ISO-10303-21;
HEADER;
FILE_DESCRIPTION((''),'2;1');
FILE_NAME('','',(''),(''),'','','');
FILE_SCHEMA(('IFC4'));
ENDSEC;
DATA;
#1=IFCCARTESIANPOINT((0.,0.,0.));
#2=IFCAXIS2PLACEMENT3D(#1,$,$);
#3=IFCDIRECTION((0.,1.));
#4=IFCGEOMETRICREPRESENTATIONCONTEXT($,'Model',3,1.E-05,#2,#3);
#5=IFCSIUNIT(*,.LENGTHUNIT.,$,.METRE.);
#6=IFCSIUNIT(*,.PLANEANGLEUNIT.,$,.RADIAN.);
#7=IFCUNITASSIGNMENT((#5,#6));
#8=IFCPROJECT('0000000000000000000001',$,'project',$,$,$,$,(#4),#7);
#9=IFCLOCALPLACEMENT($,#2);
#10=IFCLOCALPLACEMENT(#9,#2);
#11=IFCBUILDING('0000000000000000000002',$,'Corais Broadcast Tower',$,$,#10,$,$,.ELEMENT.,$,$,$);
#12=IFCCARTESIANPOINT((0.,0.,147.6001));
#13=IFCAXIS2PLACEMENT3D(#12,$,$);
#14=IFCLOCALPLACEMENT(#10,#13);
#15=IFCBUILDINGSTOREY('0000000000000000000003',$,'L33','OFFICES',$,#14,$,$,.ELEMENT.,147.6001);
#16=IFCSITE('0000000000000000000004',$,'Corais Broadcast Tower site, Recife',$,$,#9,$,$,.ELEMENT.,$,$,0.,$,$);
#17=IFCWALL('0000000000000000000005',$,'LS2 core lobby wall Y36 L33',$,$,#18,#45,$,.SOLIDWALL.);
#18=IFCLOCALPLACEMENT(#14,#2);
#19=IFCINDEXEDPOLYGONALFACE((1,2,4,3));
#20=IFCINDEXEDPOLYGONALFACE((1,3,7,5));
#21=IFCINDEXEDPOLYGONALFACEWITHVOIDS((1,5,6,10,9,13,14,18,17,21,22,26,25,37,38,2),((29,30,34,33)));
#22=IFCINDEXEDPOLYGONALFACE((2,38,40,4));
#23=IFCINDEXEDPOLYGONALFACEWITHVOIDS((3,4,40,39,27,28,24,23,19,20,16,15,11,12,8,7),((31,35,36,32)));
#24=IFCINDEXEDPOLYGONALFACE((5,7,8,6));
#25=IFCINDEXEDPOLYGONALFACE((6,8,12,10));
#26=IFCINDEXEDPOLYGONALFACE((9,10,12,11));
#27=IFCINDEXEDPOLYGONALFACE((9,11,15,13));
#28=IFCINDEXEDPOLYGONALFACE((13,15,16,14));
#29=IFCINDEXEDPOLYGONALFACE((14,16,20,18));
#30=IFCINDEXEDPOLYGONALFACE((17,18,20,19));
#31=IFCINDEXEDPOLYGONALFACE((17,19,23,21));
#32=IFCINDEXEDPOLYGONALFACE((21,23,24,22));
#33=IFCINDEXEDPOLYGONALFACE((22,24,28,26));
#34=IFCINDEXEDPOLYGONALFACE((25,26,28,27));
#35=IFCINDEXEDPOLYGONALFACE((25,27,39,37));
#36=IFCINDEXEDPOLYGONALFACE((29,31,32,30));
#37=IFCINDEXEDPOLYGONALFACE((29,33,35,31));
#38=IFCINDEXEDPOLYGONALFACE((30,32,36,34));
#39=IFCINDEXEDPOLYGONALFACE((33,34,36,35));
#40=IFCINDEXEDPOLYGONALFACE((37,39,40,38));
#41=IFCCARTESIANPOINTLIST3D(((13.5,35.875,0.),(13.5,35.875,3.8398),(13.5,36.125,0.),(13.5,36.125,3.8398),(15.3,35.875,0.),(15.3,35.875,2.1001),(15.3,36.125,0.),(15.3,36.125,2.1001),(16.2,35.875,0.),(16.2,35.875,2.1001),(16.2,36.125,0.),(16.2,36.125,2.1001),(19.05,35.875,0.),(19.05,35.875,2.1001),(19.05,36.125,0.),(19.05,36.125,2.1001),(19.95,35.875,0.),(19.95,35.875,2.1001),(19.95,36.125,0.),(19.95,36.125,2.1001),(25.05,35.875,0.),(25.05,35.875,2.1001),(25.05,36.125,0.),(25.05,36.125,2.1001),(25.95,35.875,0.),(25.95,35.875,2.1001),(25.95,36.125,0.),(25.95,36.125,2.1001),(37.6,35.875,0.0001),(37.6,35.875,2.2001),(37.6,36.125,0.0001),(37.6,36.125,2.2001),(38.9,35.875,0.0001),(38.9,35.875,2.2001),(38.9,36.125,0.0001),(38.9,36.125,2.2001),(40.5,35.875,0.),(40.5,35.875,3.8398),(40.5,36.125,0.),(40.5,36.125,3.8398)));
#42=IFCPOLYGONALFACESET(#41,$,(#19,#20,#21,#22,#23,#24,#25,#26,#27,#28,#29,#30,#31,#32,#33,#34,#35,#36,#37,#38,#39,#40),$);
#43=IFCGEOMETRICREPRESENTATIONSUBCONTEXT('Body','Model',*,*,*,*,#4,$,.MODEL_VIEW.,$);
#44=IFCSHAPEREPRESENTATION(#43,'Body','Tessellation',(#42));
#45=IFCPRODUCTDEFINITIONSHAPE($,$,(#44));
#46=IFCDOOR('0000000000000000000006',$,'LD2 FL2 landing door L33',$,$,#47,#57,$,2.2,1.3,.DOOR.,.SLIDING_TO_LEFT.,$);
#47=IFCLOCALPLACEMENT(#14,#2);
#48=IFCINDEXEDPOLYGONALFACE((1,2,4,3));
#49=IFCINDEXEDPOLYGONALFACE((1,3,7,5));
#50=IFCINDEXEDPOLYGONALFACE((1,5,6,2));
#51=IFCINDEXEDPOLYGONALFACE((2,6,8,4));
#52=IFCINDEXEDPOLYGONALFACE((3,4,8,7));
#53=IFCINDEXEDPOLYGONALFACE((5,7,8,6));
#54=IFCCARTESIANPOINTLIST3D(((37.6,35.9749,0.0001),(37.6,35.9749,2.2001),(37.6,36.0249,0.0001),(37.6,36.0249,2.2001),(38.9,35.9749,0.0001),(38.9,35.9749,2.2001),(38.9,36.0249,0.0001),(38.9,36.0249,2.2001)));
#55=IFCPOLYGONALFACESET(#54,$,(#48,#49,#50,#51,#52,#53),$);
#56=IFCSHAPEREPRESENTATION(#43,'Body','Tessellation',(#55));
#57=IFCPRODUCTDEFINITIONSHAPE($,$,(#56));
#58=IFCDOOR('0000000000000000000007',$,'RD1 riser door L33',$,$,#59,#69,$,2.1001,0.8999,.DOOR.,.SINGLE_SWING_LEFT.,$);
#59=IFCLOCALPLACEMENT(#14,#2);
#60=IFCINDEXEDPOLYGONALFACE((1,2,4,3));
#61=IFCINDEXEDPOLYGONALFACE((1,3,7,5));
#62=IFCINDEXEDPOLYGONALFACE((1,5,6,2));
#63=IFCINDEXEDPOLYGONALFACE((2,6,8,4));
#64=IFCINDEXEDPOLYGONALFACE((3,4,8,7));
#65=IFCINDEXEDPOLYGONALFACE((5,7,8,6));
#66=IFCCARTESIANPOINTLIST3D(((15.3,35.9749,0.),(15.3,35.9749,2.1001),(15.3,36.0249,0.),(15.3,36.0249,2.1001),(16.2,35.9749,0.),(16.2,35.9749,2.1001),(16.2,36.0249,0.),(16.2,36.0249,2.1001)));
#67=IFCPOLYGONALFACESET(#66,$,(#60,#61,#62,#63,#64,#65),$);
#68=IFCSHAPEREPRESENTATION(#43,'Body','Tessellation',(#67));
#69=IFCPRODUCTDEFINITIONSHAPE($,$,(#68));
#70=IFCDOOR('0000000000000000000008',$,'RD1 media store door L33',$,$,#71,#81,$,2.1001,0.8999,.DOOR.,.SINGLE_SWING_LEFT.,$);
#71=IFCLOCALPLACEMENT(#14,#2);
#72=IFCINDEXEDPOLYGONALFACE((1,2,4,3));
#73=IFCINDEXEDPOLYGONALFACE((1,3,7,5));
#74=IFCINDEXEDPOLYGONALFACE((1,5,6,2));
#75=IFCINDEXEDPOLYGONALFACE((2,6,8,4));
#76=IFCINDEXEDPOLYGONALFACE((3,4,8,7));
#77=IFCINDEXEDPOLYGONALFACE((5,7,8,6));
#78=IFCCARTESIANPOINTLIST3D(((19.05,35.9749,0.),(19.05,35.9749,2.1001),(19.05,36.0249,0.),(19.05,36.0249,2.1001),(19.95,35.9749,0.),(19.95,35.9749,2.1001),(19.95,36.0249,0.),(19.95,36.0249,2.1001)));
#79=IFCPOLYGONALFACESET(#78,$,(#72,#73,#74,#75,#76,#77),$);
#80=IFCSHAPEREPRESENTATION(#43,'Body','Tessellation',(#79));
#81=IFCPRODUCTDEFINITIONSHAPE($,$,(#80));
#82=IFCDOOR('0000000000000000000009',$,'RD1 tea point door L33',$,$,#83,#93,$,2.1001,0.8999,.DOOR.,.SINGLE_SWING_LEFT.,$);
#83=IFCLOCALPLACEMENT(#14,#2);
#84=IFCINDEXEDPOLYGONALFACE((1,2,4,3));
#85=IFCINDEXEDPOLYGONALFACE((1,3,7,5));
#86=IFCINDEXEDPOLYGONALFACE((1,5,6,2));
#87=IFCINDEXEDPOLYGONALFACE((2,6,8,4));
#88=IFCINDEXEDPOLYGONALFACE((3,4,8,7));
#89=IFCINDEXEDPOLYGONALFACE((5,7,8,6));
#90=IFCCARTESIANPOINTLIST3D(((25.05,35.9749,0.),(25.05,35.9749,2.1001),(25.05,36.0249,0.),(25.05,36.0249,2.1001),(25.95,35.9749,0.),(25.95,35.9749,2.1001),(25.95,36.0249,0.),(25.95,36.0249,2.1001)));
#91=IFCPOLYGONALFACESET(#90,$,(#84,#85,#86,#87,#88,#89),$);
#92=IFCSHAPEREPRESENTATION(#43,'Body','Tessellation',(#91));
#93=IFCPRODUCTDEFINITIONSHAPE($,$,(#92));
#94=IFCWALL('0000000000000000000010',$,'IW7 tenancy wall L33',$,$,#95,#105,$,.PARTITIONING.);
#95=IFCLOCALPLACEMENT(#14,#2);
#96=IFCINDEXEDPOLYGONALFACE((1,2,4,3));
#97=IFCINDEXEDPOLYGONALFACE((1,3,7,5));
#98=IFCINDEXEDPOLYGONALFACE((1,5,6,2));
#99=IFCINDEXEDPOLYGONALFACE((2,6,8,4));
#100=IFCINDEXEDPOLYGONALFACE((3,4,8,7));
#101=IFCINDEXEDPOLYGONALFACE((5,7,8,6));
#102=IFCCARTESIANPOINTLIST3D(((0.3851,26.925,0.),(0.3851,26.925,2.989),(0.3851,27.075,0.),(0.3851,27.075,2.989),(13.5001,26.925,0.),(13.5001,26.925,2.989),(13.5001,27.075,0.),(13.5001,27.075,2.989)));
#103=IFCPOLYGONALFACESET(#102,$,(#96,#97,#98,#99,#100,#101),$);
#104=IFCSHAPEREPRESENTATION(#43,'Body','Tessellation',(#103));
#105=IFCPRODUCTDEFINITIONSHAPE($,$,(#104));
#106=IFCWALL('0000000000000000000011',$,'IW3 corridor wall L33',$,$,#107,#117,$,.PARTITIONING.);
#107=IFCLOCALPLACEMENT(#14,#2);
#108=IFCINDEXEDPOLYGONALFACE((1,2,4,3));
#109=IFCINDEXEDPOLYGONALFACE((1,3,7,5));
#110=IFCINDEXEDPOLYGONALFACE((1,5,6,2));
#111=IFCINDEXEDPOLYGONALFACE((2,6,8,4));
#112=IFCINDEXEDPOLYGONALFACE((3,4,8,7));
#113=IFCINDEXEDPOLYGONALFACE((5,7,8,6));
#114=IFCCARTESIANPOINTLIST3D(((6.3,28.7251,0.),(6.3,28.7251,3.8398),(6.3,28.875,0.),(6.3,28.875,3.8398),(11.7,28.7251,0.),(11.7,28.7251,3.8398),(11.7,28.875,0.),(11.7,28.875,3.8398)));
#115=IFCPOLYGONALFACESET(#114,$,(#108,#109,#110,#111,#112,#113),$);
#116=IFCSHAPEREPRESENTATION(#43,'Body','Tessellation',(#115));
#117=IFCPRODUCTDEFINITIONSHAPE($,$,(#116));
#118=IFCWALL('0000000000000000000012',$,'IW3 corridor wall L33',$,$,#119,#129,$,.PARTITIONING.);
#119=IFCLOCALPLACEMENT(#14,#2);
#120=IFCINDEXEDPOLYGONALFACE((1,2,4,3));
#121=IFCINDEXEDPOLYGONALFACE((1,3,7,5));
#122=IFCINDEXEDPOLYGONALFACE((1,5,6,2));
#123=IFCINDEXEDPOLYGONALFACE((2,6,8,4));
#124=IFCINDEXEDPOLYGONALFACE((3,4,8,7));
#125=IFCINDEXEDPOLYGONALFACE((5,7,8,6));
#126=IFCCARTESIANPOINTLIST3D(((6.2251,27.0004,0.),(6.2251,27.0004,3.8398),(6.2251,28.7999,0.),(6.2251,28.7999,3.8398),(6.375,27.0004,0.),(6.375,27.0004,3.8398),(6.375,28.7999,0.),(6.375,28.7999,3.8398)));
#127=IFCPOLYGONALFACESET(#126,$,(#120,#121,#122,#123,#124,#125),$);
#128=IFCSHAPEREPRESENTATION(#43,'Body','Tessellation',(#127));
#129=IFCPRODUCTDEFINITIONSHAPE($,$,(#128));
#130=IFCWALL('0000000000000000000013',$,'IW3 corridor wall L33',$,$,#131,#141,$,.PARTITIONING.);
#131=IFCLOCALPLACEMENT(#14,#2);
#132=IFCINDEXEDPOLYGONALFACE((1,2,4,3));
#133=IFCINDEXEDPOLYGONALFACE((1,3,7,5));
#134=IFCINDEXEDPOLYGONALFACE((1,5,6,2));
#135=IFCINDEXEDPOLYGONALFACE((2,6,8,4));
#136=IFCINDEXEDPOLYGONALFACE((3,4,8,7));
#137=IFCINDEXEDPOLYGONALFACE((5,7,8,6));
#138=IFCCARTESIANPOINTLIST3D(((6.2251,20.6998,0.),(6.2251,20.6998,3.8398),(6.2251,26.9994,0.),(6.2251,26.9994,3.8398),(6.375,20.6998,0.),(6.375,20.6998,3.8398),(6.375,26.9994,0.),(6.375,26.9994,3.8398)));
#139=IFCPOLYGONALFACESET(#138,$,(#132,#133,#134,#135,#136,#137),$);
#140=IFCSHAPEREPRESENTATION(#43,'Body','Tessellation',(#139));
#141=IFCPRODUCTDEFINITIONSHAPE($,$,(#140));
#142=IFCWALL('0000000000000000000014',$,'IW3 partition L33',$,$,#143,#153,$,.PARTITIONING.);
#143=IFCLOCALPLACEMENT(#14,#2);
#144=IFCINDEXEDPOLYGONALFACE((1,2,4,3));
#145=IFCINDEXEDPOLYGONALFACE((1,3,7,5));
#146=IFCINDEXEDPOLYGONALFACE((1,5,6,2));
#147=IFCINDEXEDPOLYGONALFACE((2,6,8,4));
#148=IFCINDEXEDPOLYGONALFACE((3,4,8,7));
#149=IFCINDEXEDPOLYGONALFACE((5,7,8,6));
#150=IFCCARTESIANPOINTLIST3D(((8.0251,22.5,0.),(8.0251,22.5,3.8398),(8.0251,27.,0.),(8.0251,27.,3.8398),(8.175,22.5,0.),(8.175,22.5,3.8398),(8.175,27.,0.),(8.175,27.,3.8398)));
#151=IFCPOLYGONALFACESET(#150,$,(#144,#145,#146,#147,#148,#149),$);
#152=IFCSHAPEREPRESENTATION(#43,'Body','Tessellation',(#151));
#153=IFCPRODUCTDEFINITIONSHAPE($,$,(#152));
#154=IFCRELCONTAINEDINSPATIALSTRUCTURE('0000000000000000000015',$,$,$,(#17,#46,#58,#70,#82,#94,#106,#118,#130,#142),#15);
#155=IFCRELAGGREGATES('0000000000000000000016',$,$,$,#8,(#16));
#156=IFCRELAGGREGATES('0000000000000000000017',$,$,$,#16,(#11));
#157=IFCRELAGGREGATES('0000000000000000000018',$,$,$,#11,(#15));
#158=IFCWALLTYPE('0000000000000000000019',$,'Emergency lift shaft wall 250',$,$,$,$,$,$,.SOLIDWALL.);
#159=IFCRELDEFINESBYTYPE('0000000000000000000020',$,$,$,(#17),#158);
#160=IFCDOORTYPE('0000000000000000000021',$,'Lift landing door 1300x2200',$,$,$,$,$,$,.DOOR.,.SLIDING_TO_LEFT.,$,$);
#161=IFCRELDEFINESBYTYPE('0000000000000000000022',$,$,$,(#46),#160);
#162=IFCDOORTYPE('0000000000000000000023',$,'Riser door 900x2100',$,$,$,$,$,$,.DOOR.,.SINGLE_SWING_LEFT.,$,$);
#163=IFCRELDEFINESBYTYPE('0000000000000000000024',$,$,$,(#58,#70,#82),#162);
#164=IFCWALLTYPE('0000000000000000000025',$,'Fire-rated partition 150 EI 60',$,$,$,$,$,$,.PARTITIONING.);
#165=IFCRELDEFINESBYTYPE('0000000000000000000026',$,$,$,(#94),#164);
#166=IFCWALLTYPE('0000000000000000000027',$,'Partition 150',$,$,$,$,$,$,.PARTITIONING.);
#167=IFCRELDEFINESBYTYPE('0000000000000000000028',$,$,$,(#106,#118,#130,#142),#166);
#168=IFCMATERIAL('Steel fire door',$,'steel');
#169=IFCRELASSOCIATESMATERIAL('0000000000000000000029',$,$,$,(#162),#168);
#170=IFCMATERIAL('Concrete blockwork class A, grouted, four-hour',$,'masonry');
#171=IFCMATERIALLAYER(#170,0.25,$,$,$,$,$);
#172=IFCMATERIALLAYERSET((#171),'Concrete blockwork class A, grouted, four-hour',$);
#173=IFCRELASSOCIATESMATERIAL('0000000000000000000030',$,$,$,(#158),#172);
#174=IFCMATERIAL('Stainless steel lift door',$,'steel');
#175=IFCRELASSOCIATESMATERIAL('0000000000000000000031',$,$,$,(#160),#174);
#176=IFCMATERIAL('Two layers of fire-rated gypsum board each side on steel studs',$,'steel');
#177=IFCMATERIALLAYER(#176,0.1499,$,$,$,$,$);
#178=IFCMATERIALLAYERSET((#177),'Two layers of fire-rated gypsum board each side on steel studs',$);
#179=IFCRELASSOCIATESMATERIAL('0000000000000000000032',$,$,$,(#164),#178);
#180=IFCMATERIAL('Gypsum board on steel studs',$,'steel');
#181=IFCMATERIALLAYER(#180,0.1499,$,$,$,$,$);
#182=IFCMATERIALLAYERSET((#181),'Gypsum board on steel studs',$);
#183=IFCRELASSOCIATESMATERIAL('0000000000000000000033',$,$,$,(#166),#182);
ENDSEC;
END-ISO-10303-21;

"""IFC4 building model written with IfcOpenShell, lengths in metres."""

from ifc_helpers import new_model, si_unit, direction, frame, frame_2d, origin, place, context, subcontext, project, spatial, rectangle, extrude, material, layer, layer_set, type_object, element, fill, save


model = new_model("IFC4")

# Units and contexts
model_context = context("Model", 3, precision=1e-05, world=origin(), true_north=direction((0.0, 1.0)))
body_context = subcontext(model_context, "Body", "Model", "MODEL_VIEW")
ifc_project = project(units=[si_unit("LENGTHUNIT", "METRE"), si_unit("PLANEANGLEUNIT", "RADIAN")], contexts=[model_context])

# Site, building, storey
site_placement = place(None, origin())
site = spatial("IfcSite", under=ifc_project, at=site_placement, Name="Corais Broadcast Tower site, Recife", CompositionType="ELEMENT", RefElevation=0.0)
building_placement = place(site_placement, origin())
building = spatial("IfcBuilding", under=site, at=building_placement, Name="Corais Broadcast Tower", CompositionType="ELEMENT")
storey_placement = place(building_placement, frame((0.0, 0.0, 147.6001)))
storey = spatial("IfcBuildingStorey", under=building, at=storey_placement, Name="L33", Description="OFFICES", CompositionType="ELEMENT", Elevation=147.6001)

# Wall, openings, doors
ifc_material_1 = material(Name="Steel fire door", Category="steel")
door_type_1 = type_object("IfcDoorType", Name="Riser door 900x2100", OperationType="SINGLE_SWING_LEFT", PredefinedType="DOOR", material=ifc_material_1)
ifc_material_2 = material(Name="Concrete blockwork class A, grouted, four-hour", Category="masonry")
ifc_layer_1 = layer(ifc_material_2, 0.25)
ifc_layer_set_1 = layer_set([ifc_layer_1], Name="Concrete blockwork class A, grouted, four-hour")
wall_type_1 = type_object("IfcWallType", Name="Emergency lift shaft wall 250", PredefinedType="SOLIDWALL", material=ifc_layer_set_1)
wall_1_placement = place(storey_placement, frame((13.5, 36.0, 0.0), z_axis=(0.0, 0.0, 1.0), x_axis=(1.0, 0.0, 0.0)))
wall_1 = element("IfcWall", 1, at=wall_1_placement, inside=storey, type_object=wall_type_1, Name="LS2 core lobby wall Y36 L33", PredefinedType="SOLIDWALL", context=body_context, shape_type="SweptSolid", body=[
    extrude(rectangle(XDim=27.0, YDim=0.25, at=frame_2d((13.5, 0.0))), origin(), (0.0, 0.0, 1.0), 3.8398),
])
opening_1_placement = place(wall_1_placement, frame((1.8, 0.0, 0.0)))
opening_1 = element("IfcOpeningElement", 2, at=opening_1_placement, cuts=wall_1, PredefinedType="OPENING", context=body_context, shape_type="SweptSolid", body=[
    extrude(rectangle(XDim=0.8999, YDim=2.1001, at=frame_2d((0.45, 1.05))), frame((0.0, 0.135, 0.0), z_axis=(0.0, -1.0, 0.0), x_axis=(1.0, 0.0, 0.0)), (0.0, 0.0, 1.0), 0.27),
])
opening_2_placement = place(wall_1_placement, frame((5.55, 0.0, 0.0)))
opening_2 = element("IfcOpeningElement", 3, at=opening_2_placement, cuts=wall_1, PredefinedType="OPENING", context=body_context, shape_type="SweptSolid", body=[
    extrude(rectangle(XDim=0.8999, YDim=2.1001, at=frame_2d((0.45, 1.05))), frame((0.0, 0.135, 0.0), z_axis=(0.0, -1.0, 0.0), x_axis=(1.0, 0.0, 0.0)), (0.0, 0.0, 1.0), 0.27),
])
opening_3_placement = place(wall_1_placement, frame((11.55, 0.0, 0.0)))
opening_3 = element("IfcOpeningElement", 4, at=opening_3_placement, cuts=wall_1, PredefinedType="OPENING", context=body_context, shape_type="SweptSolid", body=[
    extrude(rectangle(XDim=0.8999, YDim=2.1001, at=frame_2d((0.45, 1.05))), frame((0.0, 0.135, 0.0), z_axis=(0.0, -1.0, 0.0), x_axis=(1.0, 0.0, 0.0)), (0.0, 0.0, 1.0), 0.27),
])
opening_4_placement = place(wall_1_placement, frame((24.1001, 0.0, 0.0)))
opening_4 = element("IfcOpeningElement", 5, at=opening_4_placement, cuts=wall_1, PredefinedType="OPENING", context=body_context, shape_type="SweptSolid", body=[
    extrude(rectangle(XDim=1.3, YDim=2.2, at=frame_2d((0.6499, 1.1001))), frame((0.0, 0.135, 0.0), z_axis=(0.0, -1.0, 0.0), x_axis=(1.0, 0.0, 0.0)), (0.0, 0.0, 1.0), 0.27),
])
ifc_material_3 = material(Name="Stainless steel lift door", Category="steel")
door_type_2 = type_object("IfcDoorType", Name="Lift landing door 1300x2200", OperationType="SLIDING_TO_LEFT", PredefinedType="DOOR", material=ifc_material_3)
door_1_placement = place(opening_4_placement, origin())
door_1 = element("IfcDoor", 6, at=door_1_placement, inside=storey, type_object=door_type_2, Name="LD2 FL2 landing door L33", OperationType="SLIDING_TO_LEFT", OverallHeight=2.2, OverallWidth=1.3, PredefinedType="DOOR", context=body_context, shape_type="SweptSolid", body=[
    extrude(rectangle(XDim=1.3, YDim=2.2, at=frame_2d((0.6499, 1.1001))), frame((0.0, 0.0249, 0.0), z_axis=(0.0, -1.0, 0.0), x_axis=(1.0, 0.0, 0.0)), (0.0, 0.0, 1.0), 0.05),
])
fill(opening_4, door_1)
door_2_placement = place(opening_1_placement, origin())
door_2 = element("IfcDoor", 7, at=door_2_placement, inside=storey, type_object=door_type_1, Name="RD1 riser door L33", OperationType="SINGLE_SWING_LEFT", OverallHeight=2.1001, OverallWidth=0.8999, PredefinedType="DOOR", context=body_context, shape_type="SweptSolid", body=[
    extrude(rectangle(XDim=0.8999, YDim=2.1001, at=frame_2d((0.45, 1.05))), frame((0.0, 0.0249, 0.0), z_axis=(0.0, -1.0, 0.0), x_axis=(1.0, 0.0, 0.0)), (0.0, 0.0, 1.0), 0.05),
])
fill(opening_1, door_2)
door_3_placement = place(opening_2_placement, origin())
door_3 = element("IfcDoor", 8, at=door_3_placement, inside=storey, type_object=door_type_1, Name="RD1 media store door L33", OperationType="SINGLE_SWING_LEFT", OverallHeight=2.1001, OverallWidth=0.8999, PredefinedType="DOOR", context=body_context, shape_type="SweptSolid", body=[
    extrude(rectangle(XDim=0.8999, YDim=2.1001, at=frame_2d((0.45, 1.05))), frame((0.0, 0.0249, 0.0), z_axis=(0.0, -1.0, 0.0), x_axis=(1.0, 0.0, 0.0)), (0.0, 0.0, 1.0), 0.05),
])
fill(opening_2, door_3)
door_4_placement = place(opening_3_placement, origin())
door_4 = element("IfcDoor", 9, at=door_4_placement, inside=storey, type_object=door_type_1, Name="RD1 tea point door L33", OperationType="SINGLE_SWING_LEFT", OverallHeight=2.1001, OverallWidth=0.8999, PredefinedType="DOOR", context=body_context, shape_type="SweptSolid", body=[
    extrude(rectangle(XDim=0.8999, YDim=2.1001, at=frame_2d((0.45, 1.05))), frame((0.0, 0.0249, 0.0), z_axis=(0.0, -1.0, 0.0), x_axis=(1.0, 0.0, 0.0)), (0.0, 0.0, 1.0), 0.05),
])
fill(opening_3, door_4)

# Walls
ifc_material_4 = material(Name="Two layers of fire-rated gypsum board each side on steel studs", Category="steel")
ifc_layer_2 = layer(ifc_material_4, 0.1499)
ifc_layer_set_2 = layer_set([ifc_layer_2], Name="Two layers of fire-rated gypsum board each side on steel studs")
wall_type_2 = type_object("IfcWallType", Name="Fire-rated partition 150 EI 60", PredefinedType="PARTITIONING", material=ifc_layer_set_2)
wall_2_placement = place(storey_placement, frame((0.385, 27.0, 0.0), z_axis=(0.0, 0.0, 1.0), x_axis=(1.0, 0.0, 0.0)))
element("IfcWall", 10, at=wall_2_placement, inside=storey, type_object=wall_type_2, Name="IW7 tenancy wall L33", PredefinedType="PARTITIONING", context=body_context, shape_type="SweptSolid", body=[
    extrude(rectangle(XDim=13.115, YDim=0.1499, at=frame_2d((6.5576, 0.0))), origin(), (0.0, 0.0, 1.0), 2.989),
])
ifc_material_5 = material(Name="Gypsum board on steel studs", Category="steel")
ifc_layer_3 = layer(ifc_material_5, 0.1499)
ifc_layer_set_3 = layer_set([ifc_layer_3], Name="Gypsum board on steel studs")
wall_type_3 = type_object("IfcWallType", Name="Partition 150", PredefinedType="PARTITIONING", material=ifc_layer_set_3)
wall_3_placement = place(storey_placement, frame((11.7, 28.8, 0.0), z_axis=(0.0, 0.0, 1.0), x_axis=(-1.0, 0.0, 0.0)))
element("IfcWall", 11, at=wall_3_placement, inside=storey, type_object=wall_type_3, Name="IW3 corridor wall L33", PredefinedType="PARTITIONING", context=body_context, shape_type="SweptSolid", body=[
    extrude(rectangle(XDim=5.3999, YDim=0.1499, at=frame_2d((2.7, 0.0))), origin(), (0.0, 0.0, 1.0), 3.8398),
])
wall_4_placement = place(storey_placement, frame((6.3, 28.8, 0.0), z_axis=(0.0, 0.0, 1.0), x_axis=(0.0, -1.0, 0.0)))
element("IfcWall", 12, at=wall_4_placement, inside=storey, type_object=wall_type_3, Name="IW3 corridor wall L33", PredefinedType="PARTITIONING", context=body_context, shape_type="SweptSolid", body=[
    extrude(rectangle(XDim=1.7996, YDim=0.1499, at=frame_2d((0.8999, 0.0))), origin(), (0.0, 0.0, 1.0), 3.8398),
])
wall_5_placement = place(storey_placement, frame((6.3, 26.9995, 0.0), z_axis=(0.0, 0.0, 1.0), x_axis=(0.0, -1.0, 0.0)))
element("IfcWall", 13, at=wall_5_placement, inside=storey, type_object=wall_type_3, Name="IW3 corridor wall L33", PredefinedType="PARTITIONING", context=body_context, shape_type="SweptSolid", body=[
    extrude(rectangle(XDim=6.2996, YDim=0.1499, at=frame_2d((3.1499, 0.0))), origin(), (0.0, 0.0, 1.0), 3.8398),
])
wall_6_placement = place(storey_placement, frame((8.1001, 27.0, 0.0), z_axis=(0.0, 0.0, 1.0), x_axis=(0.0, -1.0, 0.0)))
element("IfcWall", 14, at=wall_6_placement, inside=storey, type_object=wall_type_3, Name="IW3 partition L33", PredefinedType="PARTITIONING", context=body_context, shape_type="SweptSolid", body=[
    extrude(rectangle(XDim=4.5, YDim=0.1499, at=frame_2d((2.25, 0.0))), origin(), (0.0, 0.0, 1.0), 3.8398),
])

save(model, "model.ifc")
